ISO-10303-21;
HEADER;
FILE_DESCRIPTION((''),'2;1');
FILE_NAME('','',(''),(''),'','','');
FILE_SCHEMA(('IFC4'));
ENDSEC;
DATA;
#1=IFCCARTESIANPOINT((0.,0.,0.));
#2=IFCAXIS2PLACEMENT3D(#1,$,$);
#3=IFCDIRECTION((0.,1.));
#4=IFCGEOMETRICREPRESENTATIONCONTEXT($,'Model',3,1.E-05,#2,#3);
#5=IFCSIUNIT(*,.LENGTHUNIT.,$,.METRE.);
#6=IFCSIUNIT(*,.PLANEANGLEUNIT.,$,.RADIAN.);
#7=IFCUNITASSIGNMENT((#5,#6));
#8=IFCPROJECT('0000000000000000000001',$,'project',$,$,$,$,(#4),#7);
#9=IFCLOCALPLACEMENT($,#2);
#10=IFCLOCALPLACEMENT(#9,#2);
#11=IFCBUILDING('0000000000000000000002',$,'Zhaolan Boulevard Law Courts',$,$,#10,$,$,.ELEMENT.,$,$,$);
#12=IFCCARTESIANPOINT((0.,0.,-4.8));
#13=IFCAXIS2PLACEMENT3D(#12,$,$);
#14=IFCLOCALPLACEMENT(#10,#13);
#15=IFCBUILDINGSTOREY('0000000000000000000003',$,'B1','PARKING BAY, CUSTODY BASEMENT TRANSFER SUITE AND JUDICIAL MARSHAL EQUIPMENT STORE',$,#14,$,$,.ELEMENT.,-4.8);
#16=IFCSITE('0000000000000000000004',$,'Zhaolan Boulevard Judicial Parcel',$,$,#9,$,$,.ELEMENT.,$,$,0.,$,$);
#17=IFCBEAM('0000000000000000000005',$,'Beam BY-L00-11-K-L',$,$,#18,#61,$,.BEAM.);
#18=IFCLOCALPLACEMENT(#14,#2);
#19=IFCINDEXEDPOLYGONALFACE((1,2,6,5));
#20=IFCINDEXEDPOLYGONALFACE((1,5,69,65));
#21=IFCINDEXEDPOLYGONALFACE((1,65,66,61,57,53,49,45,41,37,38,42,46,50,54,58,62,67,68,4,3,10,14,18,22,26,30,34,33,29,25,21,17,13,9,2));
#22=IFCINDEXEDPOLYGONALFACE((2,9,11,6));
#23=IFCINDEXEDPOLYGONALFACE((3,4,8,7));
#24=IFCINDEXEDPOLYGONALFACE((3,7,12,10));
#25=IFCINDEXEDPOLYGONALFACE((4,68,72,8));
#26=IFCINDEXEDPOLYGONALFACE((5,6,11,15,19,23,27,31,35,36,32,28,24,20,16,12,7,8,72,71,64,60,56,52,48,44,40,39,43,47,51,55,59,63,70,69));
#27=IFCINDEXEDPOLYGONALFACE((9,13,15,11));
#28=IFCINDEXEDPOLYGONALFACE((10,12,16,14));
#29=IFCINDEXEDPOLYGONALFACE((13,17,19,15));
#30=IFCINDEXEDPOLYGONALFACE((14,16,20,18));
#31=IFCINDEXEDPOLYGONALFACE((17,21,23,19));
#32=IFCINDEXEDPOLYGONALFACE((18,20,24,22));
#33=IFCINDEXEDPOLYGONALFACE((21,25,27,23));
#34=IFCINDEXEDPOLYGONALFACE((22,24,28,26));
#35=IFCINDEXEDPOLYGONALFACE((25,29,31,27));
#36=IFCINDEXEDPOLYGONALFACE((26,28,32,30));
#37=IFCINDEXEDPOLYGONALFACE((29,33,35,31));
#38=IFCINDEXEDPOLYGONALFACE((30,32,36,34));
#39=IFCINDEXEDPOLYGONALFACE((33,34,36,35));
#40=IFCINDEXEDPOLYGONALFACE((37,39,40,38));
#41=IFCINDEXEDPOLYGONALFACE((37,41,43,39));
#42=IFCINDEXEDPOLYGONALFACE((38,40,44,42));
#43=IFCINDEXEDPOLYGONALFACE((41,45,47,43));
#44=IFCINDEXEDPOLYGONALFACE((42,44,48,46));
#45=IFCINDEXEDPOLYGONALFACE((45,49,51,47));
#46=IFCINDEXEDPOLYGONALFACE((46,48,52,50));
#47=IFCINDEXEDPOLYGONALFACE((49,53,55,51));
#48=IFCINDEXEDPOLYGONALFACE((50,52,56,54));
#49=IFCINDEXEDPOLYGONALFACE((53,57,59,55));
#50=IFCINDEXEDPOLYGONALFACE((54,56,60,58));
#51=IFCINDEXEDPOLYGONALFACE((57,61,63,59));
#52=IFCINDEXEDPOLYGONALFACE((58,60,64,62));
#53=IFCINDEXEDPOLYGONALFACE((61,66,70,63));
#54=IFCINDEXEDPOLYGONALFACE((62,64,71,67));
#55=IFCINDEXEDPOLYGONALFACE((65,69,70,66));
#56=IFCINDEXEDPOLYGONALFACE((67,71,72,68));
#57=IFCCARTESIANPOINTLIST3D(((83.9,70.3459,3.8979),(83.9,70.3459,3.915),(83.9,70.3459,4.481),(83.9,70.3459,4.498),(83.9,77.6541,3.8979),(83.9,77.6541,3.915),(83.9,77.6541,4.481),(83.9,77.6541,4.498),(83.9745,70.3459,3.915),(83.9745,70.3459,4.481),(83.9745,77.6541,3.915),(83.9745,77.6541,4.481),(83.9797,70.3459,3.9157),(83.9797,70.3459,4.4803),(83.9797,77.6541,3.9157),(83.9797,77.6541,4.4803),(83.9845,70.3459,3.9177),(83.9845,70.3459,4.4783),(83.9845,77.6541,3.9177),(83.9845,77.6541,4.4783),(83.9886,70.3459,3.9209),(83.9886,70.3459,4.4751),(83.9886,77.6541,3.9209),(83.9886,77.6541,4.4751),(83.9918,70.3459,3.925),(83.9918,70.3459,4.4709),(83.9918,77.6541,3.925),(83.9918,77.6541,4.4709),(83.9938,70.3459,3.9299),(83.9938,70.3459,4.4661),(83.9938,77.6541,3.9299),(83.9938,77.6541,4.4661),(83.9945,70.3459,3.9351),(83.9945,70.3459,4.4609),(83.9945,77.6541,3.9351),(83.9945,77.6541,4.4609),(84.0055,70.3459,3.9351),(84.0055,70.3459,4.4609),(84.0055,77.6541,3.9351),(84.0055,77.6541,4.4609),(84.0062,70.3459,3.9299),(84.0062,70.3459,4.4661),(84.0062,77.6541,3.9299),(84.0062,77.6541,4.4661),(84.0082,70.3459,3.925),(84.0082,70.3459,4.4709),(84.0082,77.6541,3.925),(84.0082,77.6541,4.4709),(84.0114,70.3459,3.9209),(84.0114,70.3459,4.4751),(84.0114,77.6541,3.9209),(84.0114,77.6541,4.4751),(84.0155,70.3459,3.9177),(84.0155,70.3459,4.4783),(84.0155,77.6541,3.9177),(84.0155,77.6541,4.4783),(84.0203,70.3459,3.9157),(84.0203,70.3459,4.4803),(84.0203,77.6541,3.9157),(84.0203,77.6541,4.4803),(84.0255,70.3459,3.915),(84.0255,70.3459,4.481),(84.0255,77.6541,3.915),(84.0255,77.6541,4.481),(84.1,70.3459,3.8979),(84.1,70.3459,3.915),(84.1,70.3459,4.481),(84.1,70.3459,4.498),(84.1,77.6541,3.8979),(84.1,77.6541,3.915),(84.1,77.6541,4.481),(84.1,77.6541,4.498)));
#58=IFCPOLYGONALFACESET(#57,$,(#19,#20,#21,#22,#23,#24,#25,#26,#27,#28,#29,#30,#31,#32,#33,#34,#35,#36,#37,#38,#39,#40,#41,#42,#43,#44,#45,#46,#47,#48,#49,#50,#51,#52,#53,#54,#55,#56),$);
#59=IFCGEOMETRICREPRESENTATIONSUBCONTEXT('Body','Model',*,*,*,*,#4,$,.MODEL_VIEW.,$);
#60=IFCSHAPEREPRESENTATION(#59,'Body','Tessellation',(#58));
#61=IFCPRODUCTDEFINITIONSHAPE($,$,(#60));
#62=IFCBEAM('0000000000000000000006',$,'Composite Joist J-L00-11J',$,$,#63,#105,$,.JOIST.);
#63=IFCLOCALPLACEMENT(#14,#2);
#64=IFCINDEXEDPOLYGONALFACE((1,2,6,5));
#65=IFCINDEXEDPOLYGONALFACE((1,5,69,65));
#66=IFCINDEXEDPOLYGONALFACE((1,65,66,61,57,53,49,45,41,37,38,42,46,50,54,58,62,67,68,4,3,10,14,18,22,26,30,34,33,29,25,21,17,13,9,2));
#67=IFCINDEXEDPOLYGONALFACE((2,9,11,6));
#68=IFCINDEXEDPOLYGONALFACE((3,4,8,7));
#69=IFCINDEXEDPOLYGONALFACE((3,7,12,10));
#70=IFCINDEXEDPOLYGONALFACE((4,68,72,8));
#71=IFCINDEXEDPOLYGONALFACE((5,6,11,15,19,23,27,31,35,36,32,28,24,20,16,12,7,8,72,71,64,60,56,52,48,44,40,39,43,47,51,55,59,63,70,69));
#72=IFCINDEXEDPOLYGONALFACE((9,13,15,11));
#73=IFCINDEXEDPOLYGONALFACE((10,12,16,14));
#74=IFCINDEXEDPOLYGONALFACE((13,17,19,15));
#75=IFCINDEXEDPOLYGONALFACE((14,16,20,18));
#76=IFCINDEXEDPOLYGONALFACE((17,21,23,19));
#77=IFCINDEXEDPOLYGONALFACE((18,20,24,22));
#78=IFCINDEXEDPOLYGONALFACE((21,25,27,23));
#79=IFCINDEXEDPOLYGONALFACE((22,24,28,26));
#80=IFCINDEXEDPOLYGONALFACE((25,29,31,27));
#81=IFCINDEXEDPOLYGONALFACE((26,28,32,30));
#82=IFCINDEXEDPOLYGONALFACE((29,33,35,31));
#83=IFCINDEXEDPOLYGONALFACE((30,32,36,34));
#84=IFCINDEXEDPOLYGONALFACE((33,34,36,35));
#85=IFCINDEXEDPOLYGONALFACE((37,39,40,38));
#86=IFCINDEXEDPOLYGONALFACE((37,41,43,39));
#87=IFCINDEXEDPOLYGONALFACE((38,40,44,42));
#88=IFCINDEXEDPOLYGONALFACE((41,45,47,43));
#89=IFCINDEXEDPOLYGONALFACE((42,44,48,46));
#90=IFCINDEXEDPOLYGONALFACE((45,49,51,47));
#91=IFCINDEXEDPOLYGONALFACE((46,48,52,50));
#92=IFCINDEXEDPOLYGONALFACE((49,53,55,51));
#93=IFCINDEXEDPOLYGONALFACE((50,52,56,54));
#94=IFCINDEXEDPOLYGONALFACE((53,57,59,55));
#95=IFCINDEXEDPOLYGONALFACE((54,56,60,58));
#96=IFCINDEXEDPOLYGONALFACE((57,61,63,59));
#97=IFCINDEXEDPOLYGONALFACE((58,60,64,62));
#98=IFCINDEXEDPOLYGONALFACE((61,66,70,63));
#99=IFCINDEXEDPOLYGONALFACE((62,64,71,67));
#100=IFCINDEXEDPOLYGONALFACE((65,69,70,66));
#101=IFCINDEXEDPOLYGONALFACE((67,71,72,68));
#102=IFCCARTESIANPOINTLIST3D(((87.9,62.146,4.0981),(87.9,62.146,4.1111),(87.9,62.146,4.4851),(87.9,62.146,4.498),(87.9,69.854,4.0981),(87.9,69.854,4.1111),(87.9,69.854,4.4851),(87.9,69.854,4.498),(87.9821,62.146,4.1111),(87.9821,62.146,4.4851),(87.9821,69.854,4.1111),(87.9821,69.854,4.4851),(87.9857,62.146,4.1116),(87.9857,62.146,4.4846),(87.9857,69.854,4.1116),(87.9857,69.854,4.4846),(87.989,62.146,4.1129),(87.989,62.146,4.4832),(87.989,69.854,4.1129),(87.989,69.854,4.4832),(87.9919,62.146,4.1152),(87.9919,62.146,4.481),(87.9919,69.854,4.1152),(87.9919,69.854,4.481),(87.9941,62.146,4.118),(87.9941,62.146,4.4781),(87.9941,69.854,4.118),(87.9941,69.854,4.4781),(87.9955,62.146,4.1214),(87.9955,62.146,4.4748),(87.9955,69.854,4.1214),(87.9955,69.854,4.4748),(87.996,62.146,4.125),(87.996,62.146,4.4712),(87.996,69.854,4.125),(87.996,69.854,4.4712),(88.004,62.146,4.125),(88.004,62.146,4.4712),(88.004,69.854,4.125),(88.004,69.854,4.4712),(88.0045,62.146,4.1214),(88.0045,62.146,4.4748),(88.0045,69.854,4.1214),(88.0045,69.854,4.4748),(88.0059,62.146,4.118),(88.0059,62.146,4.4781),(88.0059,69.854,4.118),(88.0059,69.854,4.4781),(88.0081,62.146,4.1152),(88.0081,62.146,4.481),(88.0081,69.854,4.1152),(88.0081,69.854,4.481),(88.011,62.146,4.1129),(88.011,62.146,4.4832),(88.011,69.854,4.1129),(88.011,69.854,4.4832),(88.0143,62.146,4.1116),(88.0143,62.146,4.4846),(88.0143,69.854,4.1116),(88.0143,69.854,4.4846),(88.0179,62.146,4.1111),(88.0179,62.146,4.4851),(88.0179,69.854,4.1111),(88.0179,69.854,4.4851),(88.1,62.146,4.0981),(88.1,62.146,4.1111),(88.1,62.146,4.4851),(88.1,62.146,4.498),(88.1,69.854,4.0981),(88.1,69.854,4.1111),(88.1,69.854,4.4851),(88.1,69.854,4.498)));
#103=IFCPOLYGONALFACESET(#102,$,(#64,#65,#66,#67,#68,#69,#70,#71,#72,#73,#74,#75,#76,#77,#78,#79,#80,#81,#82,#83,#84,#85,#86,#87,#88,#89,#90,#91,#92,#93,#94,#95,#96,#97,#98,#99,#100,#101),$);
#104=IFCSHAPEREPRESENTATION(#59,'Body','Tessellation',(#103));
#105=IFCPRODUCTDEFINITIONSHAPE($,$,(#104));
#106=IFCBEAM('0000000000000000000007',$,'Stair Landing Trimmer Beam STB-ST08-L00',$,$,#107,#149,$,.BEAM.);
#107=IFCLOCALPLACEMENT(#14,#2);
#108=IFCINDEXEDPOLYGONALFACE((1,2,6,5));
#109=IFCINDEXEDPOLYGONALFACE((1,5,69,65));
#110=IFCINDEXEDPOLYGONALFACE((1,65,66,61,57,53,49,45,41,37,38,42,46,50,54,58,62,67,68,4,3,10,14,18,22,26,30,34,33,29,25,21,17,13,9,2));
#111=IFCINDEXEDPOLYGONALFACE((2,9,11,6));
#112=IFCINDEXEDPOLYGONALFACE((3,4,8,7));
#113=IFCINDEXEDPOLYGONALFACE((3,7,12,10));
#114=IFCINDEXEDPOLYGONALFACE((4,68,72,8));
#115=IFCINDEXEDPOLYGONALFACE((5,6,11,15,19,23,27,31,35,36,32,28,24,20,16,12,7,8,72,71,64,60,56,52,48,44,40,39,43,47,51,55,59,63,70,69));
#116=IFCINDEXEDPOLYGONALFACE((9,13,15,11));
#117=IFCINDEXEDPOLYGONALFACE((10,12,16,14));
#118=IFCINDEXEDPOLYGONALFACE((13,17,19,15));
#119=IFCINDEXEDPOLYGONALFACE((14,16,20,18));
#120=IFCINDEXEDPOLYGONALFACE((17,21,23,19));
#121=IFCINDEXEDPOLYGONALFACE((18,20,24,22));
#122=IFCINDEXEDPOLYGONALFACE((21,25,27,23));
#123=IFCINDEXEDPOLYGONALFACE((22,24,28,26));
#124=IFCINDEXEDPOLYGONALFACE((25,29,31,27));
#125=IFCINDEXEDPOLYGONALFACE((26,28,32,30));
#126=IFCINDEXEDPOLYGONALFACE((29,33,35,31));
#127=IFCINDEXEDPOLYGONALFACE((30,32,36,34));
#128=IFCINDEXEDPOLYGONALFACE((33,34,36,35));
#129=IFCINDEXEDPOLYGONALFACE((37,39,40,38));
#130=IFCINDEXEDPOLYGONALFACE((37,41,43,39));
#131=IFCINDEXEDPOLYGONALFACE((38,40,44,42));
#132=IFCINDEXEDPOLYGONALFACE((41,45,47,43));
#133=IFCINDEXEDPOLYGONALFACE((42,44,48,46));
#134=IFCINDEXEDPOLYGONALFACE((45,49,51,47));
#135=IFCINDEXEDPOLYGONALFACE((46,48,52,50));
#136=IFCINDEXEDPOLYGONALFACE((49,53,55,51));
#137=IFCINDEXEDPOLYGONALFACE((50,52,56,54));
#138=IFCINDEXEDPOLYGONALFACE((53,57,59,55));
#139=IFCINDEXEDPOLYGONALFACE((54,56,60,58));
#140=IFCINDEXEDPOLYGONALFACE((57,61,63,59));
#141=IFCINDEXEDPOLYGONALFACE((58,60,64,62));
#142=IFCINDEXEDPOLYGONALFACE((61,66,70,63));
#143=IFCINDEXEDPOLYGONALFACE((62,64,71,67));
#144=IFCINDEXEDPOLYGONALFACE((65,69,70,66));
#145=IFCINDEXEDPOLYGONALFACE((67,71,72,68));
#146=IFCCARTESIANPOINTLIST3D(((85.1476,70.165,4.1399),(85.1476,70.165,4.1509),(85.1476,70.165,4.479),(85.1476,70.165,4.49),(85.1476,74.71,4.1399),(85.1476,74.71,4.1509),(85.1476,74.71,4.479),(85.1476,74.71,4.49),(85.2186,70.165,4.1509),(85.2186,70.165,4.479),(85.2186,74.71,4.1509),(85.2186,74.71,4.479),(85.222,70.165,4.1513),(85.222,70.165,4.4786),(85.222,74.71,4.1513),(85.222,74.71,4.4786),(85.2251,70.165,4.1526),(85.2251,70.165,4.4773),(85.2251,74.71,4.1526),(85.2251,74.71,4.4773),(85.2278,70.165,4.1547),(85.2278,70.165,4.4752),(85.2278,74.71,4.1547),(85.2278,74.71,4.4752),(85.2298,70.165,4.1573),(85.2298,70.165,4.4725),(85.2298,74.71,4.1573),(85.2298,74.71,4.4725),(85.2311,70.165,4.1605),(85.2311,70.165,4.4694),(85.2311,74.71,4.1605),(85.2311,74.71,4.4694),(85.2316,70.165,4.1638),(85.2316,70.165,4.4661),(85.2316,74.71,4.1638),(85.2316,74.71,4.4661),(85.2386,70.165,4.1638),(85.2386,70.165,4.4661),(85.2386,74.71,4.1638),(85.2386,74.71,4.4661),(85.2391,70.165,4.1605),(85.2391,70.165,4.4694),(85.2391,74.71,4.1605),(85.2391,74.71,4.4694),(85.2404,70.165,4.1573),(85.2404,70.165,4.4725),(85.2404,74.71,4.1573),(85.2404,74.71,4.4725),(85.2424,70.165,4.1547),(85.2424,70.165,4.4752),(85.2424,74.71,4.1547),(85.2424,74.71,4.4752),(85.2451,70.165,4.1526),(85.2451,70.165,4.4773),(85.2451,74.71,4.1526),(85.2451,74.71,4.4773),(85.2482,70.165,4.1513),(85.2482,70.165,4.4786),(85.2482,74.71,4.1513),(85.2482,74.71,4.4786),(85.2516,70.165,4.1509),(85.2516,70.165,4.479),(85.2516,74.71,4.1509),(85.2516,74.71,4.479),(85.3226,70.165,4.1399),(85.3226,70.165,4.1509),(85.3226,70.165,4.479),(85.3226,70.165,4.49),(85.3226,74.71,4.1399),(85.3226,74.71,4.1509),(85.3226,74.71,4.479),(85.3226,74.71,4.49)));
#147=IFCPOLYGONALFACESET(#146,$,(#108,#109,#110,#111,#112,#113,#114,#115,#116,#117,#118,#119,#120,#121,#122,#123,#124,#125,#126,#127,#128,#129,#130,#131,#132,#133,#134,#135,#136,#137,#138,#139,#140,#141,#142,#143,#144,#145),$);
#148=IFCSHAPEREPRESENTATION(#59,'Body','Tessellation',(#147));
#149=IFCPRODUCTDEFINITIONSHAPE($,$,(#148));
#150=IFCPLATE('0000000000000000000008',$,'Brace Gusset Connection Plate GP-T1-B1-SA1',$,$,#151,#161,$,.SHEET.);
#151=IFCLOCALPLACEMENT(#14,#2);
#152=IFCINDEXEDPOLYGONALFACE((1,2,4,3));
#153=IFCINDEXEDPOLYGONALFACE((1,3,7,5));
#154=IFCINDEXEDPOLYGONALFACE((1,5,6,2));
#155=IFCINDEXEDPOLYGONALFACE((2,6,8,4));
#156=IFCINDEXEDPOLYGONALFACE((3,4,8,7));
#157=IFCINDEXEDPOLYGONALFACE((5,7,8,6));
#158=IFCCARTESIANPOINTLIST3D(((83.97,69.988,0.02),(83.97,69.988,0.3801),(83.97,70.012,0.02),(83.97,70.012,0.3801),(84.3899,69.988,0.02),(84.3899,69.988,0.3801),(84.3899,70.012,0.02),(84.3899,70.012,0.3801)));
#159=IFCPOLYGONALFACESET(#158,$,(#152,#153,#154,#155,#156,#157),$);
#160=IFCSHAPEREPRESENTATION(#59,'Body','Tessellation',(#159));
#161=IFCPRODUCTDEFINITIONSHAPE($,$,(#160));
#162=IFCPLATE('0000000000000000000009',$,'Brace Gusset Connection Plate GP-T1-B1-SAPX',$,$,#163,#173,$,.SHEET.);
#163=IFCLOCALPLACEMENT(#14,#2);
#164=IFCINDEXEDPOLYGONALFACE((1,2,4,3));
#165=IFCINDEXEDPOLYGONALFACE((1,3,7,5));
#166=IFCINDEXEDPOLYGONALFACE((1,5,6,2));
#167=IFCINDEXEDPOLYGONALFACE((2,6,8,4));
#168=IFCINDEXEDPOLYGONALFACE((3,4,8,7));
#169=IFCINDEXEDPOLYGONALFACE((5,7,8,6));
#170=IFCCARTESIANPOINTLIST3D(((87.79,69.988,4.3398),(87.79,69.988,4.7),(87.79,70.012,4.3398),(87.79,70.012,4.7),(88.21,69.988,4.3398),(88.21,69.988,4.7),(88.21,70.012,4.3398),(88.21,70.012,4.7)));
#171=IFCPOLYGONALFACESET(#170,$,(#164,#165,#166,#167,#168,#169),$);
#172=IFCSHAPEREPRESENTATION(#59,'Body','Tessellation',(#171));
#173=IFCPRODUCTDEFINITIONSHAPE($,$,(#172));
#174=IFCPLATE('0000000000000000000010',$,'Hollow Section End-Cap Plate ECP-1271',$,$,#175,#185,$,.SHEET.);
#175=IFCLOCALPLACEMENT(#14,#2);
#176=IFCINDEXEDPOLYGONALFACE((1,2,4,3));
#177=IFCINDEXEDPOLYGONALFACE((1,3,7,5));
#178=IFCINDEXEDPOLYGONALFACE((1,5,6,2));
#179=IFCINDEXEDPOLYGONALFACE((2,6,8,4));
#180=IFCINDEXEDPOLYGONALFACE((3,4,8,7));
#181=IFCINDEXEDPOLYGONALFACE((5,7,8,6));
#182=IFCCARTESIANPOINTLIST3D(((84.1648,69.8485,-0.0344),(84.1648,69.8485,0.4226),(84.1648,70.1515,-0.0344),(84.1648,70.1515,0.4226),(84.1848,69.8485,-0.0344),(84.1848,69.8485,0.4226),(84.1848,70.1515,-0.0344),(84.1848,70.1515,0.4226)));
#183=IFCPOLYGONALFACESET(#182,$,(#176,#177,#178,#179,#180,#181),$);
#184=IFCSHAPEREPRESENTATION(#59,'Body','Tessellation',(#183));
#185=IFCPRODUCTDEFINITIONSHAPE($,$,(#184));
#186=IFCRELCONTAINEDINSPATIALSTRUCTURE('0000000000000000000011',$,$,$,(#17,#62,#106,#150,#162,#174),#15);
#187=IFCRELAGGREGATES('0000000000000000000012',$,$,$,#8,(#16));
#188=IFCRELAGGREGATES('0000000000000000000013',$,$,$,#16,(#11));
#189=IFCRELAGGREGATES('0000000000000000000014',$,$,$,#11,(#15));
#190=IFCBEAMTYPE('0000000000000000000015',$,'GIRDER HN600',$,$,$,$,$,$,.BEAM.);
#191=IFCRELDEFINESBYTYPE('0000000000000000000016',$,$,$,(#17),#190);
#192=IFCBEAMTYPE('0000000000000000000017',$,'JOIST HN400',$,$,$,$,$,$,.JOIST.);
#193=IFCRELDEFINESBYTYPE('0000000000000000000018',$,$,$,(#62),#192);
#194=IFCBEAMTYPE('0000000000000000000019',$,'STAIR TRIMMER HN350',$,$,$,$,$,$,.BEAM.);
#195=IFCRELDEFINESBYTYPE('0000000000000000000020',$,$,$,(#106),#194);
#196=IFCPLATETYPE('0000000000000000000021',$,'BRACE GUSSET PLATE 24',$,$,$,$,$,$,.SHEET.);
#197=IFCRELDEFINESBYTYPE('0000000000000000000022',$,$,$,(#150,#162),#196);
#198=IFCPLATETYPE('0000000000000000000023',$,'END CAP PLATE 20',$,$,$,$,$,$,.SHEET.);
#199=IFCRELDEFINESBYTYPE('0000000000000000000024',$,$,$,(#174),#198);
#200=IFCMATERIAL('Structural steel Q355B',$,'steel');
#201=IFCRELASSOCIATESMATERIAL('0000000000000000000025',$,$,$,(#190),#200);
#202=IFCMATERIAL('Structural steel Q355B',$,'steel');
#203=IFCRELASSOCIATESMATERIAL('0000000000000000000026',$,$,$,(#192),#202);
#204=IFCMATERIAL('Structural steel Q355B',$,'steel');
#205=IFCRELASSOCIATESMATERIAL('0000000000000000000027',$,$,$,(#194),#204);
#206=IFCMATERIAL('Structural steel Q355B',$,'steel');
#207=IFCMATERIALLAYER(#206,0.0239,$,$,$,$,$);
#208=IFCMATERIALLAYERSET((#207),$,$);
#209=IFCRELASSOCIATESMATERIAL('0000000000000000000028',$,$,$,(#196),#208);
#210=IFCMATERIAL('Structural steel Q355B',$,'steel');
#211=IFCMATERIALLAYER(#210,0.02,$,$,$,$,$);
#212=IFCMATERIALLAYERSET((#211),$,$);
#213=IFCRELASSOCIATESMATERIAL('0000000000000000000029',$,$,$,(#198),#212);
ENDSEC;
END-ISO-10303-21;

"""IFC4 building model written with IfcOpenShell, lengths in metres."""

from ifc_helpers import new_model, si_unit, direction, frame, origin, origin_2d, place, context, subcontext, project, spatial, rectangle, i_section, extrude, material, layer, layer_set, material_profile, profile_set, type_object, element, save


model = new_model("IFC4")

# Units and contexts
model_context = context("Model", 3, precision=1e-05, world=origin(), true_north=direction((0.0, 1.0)))
body_context = subcontext(model_context, "Body", "Model", "MODEL_VIEW")
ifc_project = project(units=[si_unit("LENGTHUNIT", "METRE"), si_unit("PLANEANGLEUNIT", "RADIAN")], contexts=[model_context])

# Site, building, storey
site_placement = place(None, origin())
site = spatial("IfcSite", under=ifc_project, at=site_placement, Name="Zhaolan Boulevard Judicial Parcel", CompositionType="ELEMENT", RefElevation=0.0)
building_placement = place(site_placement, origin())
building = spatial("IfcBuilding", under=site, at=building_placement, Name="Zhaolan Boulevard Law Courts", CompositionType="ELEMENT")
storey_placement = place(building_placement, frame((0.0, 0.0, -4.8)))
storey = spatial("IfcBuildingStorey", under=building, at=storey_placement, Name="B1", Description="PARKING BAY, CUSTODY BASEMENT TRANSFER SUITE AND JUDICIAL MARSHAL EQUIPMENT STORE", CompositionType="ELEMENT", Elevation=-4.8)

# Beams
ifc_material_1 = material(Name="Structural steel Q355B", Category="steel")
ifc_material_profile_1 = material_profile(ifc_material_1, i_section(OverallWidth=0.2, OverallDepth=0.6001, WebThickness=0.011, FlangeThickness=0.0171, FilletRadius=0.02, at=origin_2d()), Name="HN600x200")
ifc_profile_set_1 = profile_set([ifc_material_profile_1], Name="Structural steel Q355B")
beam_type_1 = type_object("IfcBeamType", Name="GIRDER HN600", PredefinedType="BEAM", material=ifc_profile_set_1)
beam_1_placement = place(storey_placement, frame((84.0, 70.3459, 4.198), z_axis=(0.0, 1.0, 0.0), x_axis=(-1.0, 0.0, 0.0)))
element("IfcBeam", 1, at=beam_1_placement, inside=storey, type_object=beam_type_1, Name="Beam BY-L00-11-K-L", PredefinedType="BEAM", context=body_context, shape_type="SweptSolid", body=[
    extrude(i_section(OverallWidth=0.2, OverallDepth=0.6001, WebThickness=0.011, FlangeThickness=0.0171, FilletRadius=0.02, at=origin_2d()), origin(), (0.0, 0.0, 1.0), 7.3081),
])
ifc_material_2 = material(Name="Structural steel Q355B", Category="steel")
ifc_material_profile_2 = material_profile(ifc_material_2, i_section(OverallWidth=0.2, OverallDepth=0.3999, WebThickness=0.0081, FlangeThickness=0.0129, FilletRadius=0.0139, at=origin_2d()), Name="HN400x200")
ifc_profile_set_2 = profile_set([ifc_material_profile_2], Name="Structural steel Q355B")
beam_type_2 = type_object("IfcBeamType", Name="JOIST HN400", PredefinedType="JOIST", material=ifc_profile_set_2)
beam_2_placement = place(storey_placement, frame((88.0, 62.146, 4.2981), z_axis=(0.0, 1.0, 0.0), x_axis=(-1.0, 0.0, 0.0)))
element("IfcBeam", 2, at=beam_2_placement, inside=storey, type_object=beam_type_2, Name="Composite Joist J-L00-11J", PredefinedType="JOIST", context=body_context, shape_type="SweptSolid", body=[
    extrude(i_section(OverallWidth=0.2, OverallDepth=0.3999, WebThickness=0.0081, FlangeThickness=0.0129, FilletRadius=0.0139, at=origin_2d()), origin(), (0.0, 0.0, 1.0), 7.708),
])
ifc_material_3 = material(Name="Structural steel Q355B", Category="steel")
ifc_material_profile_3 = material_profile(ifc_material_3, i_section(OverallWidth=0.175, OverallDepth=0.3501, WebThickness=0.0071, FlangeThickness=0.011, FilletRadius=0.0129, at=origin_2d()), Name="HN350x175")
ifc_profile_set_3 = profile_set([ifc_material_profile_3], Name="Structural steel Q355B")
beam_type_3 = type_object("IfcBeamType", Name="STAIR TRIMMER HN350", PredefinedType="BEAM", material=ifc_profile_set_3)
beam_3_placement = place(storey_placement, frame((85.2351, 70.165, 4.3149), z_axis=(0.0, 1.0, 0.0), x_axis=(-1.0, 0.0, 0.0)))
element("IfcBeam", 3, at=beam_3_placement, inside=storey, type_object=beam_type_3, Name="Stair Landing Trimmer Beam STB-ST08-L00", PredefinedType="BEAM", context=body_context, shape_type="SweptSolid", body=[
    extrude(i_section(OverallWidth=0.175, OverallDepth=0.3501, WebThickness=0.0071, FlangeThickness=0.011, FilletRadius=0.0129, at=origin_2d()), origin(), (0.0, 0.0, 1.0), 4.5449),
])

# Plates
ifc_material_4 = material(Name="Structural steel Q355B", Category="steel")
ifc_layer_1 = layer(ifc_material_4, 0.0239)
ifc_layer_set_1 = layer_set([ifc_layer_1])
plate_type_1 = type_object("IfcPlateType", Name="BRACE GUSSET PLATE 24", PredefinedType="SHEET", material=ifc_layer_set_1)
for number, where, z_axis, x_axis, name in (
    (4, (84.1799, 70.0, 0.02), (0.0, 0.0, 1.0), (1.0, 0.0, 0.0), "Brace Gusset Connection Plate GP-T1-B1-SA1"),
    (5, (88.0, 70.0, 4.3398), (0.0, 0.0, 1.0), (1.0, 0.0, 0.0), "Brace Gusset Connection Plate GP-T1-B1-SAPX"),
):
    element("IfcPlate", number, at=place(storey_placement, frame(where, z_axis=z_axis, x_axis=x_axis)), inside=storey, type_object=plate_type_1, Name=name, PredefinedType="SHEET", context=body_context, shape_type="SweptSolid", body=[
        extrude(rectangle(XDim=0.4199, YDim=0.0239, at=origin_2d()), origin(), (0.0, 0.0, 1.0), 0.3601),
    ])
ifc_material_5 = material(Name="Structural steel Q355B", Category="steel")
ifc_layer_2 = layer(ifc_material_5, 0.02)
ifc_layer_set_2 = layer_set([ifc_layer_2])
plate_type_2 = type_object("IfcPlateType", Name="END CAP PLATE 20", PredefinedType="SHEET", material=ifc_layer_set_2)
plate_1_placement = place(storey_placement, frame((84.1748, 70.0, -0.0344), z_axis=(0.0, 0.0, 1.0), x_axis=(1.0, 0.0, 0.0)))
element("IfcPlate", 6, at=plate_1_placement, inside=storey, type_object=plate_type_2, Name="Hollow Section End-Cap Plate ECP-1271", PredefinedType="SHEET", context=body_context, shape_type="SweptSolid", body=[
    extrude(rectangle(XDim=0.02, YDim=0.303, at=origin_2d()), origin(), (0.0, 0.0, 1.0), 0.457),
])

save(model, "model.ifc")
